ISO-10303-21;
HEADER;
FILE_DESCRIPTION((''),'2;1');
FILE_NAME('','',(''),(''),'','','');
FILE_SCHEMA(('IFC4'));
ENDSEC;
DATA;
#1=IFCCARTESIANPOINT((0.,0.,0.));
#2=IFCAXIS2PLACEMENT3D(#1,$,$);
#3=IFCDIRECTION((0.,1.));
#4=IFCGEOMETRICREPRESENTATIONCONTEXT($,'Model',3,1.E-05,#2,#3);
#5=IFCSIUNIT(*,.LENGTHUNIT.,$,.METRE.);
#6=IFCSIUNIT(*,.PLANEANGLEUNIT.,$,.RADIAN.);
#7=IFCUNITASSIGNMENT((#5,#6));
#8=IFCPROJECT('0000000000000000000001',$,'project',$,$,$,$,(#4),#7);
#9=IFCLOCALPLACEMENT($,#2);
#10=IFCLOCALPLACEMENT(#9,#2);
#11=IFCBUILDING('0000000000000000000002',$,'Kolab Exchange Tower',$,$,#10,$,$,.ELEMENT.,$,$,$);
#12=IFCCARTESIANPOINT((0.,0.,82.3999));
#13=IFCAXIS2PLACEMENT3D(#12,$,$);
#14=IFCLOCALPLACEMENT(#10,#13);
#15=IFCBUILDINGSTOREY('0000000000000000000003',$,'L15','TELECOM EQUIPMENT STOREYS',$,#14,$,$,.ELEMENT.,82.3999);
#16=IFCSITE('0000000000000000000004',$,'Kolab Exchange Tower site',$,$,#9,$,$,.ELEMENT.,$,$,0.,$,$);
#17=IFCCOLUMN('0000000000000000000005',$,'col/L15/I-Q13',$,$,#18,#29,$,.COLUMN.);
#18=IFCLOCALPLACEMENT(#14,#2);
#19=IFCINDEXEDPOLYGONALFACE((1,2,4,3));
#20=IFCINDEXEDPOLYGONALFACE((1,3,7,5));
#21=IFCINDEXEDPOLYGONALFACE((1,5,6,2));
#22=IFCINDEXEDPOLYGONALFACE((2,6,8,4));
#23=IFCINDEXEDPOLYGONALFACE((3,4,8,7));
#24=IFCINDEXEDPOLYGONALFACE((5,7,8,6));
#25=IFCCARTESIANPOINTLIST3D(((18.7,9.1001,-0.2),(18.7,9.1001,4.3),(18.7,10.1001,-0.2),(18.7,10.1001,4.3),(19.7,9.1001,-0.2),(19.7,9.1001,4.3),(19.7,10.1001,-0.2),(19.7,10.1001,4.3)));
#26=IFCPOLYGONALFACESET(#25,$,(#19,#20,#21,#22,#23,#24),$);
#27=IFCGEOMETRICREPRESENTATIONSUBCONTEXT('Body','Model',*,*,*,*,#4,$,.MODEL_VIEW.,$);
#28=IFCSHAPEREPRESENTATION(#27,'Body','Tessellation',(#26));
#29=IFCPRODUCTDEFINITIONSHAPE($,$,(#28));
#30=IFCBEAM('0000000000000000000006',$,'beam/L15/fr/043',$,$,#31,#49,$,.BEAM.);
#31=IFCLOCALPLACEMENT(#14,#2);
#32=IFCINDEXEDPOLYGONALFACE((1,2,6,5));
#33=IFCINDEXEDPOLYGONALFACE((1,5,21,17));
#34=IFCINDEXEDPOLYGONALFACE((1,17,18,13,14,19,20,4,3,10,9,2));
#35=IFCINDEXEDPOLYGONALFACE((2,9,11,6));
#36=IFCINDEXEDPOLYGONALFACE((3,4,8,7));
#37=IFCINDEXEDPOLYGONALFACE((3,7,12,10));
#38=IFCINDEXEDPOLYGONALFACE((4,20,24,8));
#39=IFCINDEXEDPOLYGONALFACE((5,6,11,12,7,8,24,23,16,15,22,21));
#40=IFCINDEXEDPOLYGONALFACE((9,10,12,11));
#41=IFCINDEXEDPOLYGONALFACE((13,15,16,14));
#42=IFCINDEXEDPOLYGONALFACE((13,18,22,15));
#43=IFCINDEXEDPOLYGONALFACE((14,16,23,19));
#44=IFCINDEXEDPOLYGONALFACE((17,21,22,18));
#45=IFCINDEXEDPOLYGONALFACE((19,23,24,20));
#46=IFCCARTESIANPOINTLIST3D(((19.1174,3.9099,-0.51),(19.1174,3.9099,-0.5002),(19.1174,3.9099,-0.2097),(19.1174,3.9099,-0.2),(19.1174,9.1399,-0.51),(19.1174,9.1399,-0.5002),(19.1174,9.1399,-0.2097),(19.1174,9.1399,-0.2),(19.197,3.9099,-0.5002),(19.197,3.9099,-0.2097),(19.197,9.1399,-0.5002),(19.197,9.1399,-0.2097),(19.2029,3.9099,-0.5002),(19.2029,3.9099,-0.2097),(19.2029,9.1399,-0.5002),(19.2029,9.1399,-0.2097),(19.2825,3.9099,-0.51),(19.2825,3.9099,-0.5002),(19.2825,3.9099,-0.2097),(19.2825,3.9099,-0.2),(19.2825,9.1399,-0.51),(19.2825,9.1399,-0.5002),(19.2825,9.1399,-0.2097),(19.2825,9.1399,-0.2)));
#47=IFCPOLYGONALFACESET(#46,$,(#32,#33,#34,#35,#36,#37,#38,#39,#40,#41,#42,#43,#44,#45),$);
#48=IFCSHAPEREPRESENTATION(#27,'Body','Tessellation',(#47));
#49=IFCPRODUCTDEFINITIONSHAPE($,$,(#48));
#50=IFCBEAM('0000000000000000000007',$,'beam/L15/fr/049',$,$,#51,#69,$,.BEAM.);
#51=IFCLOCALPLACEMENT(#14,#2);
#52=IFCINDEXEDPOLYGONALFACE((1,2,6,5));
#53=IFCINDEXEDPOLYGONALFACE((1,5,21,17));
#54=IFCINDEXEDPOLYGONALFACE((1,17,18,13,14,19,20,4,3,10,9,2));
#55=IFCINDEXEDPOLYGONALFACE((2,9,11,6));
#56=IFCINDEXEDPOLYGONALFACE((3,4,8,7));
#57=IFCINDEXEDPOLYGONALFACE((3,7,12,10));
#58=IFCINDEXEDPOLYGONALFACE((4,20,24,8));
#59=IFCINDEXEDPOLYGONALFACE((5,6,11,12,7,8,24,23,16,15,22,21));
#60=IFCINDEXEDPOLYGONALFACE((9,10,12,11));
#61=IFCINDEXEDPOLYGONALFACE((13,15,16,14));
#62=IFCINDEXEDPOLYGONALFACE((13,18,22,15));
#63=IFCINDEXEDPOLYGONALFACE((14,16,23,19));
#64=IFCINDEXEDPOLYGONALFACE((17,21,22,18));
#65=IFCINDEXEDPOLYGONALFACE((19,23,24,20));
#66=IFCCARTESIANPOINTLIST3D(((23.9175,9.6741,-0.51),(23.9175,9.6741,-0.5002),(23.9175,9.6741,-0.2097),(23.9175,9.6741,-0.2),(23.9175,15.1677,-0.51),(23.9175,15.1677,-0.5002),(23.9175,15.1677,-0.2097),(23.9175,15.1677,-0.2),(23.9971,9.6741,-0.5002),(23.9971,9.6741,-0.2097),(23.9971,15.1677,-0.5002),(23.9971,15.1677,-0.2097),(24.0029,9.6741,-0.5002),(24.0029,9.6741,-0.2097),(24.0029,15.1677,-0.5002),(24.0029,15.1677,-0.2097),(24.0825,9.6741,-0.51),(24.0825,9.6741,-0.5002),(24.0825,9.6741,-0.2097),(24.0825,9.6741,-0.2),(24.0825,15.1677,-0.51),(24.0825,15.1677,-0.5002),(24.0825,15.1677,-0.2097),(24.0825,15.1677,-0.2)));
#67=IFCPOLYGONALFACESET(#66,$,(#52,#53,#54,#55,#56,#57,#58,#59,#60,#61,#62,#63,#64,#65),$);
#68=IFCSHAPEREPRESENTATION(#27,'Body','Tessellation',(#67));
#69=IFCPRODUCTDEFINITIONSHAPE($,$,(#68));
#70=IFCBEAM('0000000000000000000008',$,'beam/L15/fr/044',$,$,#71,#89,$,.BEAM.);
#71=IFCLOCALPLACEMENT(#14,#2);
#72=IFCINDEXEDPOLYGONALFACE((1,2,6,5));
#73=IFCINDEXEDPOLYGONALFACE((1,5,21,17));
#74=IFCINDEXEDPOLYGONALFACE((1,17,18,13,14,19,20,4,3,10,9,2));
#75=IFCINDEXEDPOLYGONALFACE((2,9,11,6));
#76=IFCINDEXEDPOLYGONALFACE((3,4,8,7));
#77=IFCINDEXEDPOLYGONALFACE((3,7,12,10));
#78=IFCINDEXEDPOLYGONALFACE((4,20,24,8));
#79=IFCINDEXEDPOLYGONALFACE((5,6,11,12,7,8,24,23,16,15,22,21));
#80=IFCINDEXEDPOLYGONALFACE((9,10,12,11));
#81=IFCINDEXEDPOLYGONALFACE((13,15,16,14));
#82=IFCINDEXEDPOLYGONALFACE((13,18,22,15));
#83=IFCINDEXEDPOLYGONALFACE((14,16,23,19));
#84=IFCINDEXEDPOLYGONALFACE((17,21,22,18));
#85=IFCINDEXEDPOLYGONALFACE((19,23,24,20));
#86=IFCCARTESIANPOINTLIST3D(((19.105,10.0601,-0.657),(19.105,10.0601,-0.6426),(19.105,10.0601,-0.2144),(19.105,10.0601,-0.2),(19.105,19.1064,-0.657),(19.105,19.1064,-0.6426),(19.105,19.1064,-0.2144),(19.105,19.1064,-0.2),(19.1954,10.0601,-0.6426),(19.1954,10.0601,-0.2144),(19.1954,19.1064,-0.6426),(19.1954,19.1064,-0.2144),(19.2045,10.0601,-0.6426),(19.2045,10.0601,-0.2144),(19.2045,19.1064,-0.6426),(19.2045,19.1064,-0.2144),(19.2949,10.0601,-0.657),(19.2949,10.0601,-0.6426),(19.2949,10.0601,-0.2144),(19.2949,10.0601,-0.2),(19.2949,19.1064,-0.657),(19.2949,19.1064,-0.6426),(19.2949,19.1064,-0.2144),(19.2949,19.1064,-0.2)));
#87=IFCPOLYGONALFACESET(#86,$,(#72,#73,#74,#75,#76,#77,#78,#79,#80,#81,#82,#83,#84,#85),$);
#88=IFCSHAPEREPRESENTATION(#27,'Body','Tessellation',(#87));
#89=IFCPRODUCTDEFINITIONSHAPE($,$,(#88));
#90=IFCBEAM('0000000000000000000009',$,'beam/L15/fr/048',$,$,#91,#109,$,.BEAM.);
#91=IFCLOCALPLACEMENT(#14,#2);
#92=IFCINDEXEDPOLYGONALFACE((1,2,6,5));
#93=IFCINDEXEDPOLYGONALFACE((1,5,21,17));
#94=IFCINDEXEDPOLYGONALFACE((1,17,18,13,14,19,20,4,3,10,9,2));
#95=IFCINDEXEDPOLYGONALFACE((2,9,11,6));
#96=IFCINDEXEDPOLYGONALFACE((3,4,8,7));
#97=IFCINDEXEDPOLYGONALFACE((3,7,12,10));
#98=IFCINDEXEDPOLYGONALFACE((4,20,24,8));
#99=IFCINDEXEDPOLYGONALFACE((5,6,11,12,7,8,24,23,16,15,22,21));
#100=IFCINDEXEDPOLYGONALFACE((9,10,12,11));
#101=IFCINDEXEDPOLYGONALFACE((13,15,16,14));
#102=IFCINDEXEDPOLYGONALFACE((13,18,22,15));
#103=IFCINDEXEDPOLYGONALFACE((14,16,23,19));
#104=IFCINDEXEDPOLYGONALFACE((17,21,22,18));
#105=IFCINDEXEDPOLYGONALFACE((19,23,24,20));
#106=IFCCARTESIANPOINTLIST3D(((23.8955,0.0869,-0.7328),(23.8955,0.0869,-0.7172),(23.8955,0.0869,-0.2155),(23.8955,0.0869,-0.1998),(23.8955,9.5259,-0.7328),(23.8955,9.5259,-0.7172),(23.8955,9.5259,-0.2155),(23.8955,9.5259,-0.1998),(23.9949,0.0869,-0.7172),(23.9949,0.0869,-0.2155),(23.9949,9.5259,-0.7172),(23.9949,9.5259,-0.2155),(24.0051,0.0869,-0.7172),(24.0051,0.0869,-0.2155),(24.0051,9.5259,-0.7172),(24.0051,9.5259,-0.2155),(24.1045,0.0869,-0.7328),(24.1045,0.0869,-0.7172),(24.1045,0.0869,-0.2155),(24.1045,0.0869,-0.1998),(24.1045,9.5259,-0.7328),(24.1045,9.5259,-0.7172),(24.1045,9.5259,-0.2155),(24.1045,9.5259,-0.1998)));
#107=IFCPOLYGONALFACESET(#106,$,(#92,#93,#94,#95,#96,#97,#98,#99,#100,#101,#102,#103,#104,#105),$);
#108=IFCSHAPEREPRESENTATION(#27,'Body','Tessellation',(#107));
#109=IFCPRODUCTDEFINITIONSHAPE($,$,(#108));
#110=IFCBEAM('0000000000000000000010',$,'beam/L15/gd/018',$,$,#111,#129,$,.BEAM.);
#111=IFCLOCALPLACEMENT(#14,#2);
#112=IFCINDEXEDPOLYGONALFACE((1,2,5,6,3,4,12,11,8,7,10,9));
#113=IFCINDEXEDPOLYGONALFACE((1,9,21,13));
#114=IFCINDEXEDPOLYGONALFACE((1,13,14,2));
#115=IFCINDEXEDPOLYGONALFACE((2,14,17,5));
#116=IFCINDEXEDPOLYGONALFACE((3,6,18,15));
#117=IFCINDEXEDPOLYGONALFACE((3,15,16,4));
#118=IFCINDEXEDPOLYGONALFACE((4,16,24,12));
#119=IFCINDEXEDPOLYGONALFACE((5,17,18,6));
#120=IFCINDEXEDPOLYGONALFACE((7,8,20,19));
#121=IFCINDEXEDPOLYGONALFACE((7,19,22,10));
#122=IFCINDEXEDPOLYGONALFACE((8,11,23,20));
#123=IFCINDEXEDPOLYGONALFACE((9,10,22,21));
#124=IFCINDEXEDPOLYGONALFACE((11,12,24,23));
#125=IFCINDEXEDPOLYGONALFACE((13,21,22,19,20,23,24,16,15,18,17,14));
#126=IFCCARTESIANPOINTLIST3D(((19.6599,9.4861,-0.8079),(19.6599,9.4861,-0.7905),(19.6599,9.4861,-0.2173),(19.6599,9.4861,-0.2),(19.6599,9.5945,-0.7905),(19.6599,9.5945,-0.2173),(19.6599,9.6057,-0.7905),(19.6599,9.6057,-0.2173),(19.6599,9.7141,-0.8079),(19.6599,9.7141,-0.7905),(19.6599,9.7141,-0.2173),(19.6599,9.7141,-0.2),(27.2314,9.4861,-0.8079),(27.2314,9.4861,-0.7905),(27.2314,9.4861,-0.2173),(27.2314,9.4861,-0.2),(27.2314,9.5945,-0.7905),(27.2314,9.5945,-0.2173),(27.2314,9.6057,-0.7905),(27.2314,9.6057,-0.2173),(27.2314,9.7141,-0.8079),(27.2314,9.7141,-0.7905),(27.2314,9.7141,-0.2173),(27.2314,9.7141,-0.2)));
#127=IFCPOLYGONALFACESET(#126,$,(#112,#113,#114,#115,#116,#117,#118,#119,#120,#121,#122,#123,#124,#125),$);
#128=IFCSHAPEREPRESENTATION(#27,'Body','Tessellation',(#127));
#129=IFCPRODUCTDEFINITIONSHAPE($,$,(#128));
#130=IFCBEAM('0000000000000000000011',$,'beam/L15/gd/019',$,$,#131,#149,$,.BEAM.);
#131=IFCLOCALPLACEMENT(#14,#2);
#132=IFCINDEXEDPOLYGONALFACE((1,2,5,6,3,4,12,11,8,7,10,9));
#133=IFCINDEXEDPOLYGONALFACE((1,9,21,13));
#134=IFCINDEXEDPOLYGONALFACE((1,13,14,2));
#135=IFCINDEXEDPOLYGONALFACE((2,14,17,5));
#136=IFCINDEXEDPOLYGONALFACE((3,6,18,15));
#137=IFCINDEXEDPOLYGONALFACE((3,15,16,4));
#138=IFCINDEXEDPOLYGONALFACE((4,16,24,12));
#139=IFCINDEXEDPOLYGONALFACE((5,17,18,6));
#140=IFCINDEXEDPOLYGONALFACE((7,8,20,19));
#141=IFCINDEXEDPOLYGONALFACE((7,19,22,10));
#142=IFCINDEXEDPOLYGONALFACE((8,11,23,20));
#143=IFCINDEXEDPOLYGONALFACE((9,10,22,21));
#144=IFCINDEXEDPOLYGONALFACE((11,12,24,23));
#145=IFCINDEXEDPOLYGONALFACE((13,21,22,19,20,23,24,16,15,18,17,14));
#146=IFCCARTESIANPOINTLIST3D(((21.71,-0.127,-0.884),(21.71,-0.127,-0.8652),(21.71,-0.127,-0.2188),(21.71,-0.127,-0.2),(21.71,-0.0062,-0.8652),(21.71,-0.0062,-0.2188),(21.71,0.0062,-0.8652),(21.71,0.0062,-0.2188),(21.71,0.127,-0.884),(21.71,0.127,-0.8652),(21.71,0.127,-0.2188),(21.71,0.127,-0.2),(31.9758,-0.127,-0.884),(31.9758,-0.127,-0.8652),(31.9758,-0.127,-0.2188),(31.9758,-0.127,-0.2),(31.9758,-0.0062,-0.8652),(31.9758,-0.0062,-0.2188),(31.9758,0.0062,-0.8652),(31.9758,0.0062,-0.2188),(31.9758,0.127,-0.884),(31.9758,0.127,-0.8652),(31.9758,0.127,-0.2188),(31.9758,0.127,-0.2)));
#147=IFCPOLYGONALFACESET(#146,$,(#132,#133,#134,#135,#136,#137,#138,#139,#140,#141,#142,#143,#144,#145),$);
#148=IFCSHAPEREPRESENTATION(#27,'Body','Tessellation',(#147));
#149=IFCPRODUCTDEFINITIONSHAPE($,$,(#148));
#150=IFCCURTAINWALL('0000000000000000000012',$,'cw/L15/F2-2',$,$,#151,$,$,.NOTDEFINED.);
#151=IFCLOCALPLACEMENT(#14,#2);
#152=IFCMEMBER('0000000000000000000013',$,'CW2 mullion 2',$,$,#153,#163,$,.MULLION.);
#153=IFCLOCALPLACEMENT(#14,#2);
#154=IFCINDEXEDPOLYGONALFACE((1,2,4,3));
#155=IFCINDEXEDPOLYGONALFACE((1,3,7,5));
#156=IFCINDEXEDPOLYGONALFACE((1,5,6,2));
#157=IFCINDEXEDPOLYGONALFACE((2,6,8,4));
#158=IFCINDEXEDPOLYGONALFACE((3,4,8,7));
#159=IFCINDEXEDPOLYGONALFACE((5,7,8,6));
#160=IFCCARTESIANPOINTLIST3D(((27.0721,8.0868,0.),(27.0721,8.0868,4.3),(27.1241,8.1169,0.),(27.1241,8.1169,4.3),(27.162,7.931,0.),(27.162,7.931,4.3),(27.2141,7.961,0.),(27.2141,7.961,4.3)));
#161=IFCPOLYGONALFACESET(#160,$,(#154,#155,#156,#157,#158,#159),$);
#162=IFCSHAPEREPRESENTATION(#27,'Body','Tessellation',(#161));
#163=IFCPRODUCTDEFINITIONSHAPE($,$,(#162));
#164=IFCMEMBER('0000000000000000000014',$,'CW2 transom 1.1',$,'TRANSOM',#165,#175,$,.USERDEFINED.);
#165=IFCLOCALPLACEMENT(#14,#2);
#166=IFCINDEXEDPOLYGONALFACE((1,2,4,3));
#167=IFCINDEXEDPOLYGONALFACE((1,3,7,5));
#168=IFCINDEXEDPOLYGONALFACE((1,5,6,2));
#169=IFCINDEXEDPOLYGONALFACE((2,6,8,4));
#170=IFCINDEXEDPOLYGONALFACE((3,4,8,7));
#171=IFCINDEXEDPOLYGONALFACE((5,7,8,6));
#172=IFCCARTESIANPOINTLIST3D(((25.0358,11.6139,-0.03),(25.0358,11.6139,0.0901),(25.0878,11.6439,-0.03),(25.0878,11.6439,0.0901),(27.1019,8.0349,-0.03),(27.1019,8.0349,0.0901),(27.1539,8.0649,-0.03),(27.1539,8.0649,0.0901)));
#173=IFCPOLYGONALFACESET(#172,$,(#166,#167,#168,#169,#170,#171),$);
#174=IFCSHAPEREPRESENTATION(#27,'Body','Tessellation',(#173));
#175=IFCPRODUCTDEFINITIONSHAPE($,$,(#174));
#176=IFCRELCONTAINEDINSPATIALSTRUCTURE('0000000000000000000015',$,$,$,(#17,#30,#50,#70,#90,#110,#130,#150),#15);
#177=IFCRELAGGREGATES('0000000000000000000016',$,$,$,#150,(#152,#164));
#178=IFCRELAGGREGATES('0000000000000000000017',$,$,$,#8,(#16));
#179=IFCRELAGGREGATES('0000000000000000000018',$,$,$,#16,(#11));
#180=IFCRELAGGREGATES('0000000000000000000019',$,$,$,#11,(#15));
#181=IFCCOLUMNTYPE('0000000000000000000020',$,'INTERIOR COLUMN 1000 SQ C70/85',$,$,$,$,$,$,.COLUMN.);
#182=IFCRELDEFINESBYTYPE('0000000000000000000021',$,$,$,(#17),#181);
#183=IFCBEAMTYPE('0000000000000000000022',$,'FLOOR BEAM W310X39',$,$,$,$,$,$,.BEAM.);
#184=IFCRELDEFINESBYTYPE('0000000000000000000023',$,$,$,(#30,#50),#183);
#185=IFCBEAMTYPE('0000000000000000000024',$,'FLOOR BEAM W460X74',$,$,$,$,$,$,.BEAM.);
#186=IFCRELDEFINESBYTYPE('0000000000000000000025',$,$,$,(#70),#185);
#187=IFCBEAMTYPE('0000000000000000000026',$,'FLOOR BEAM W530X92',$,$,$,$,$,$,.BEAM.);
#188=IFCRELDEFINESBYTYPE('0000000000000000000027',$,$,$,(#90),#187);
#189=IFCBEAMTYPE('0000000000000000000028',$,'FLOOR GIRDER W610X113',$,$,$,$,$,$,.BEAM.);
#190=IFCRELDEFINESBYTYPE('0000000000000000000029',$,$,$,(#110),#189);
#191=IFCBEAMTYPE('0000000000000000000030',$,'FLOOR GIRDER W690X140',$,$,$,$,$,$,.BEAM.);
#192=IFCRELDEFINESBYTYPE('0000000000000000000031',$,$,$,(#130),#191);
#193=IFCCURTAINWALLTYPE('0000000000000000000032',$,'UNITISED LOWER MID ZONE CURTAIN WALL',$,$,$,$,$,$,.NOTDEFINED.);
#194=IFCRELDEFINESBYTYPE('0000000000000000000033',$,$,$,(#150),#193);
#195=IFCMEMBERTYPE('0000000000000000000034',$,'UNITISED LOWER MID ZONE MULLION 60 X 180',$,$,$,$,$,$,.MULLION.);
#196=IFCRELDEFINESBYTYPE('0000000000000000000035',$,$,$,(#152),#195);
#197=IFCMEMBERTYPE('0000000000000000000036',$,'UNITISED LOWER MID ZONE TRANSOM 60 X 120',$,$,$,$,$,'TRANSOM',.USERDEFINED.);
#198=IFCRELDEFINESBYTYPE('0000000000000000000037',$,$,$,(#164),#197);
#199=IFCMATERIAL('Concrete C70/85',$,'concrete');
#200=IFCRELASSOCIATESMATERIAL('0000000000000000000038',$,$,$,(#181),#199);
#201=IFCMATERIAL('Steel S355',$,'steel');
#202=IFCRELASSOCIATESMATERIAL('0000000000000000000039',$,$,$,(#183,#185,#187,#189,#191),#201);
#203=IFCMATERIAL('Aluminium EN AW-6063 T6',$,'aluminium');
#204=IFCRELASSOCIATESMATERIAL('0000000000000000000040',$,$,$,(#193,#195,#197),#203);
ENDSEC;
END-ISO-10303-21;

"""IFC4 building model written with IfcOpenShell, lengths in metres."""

from ifc_helpers import new_model, si_unit, direction, frame, origin, origin_2d, place, context, subcontext, project, spatial, rectangle, i_section, extrude, material, material_profile, profile_set, type_object, element, aggregate, save


model = new_model("IFC4")

# Units and contexts
model_context = context("Model", 3, precision=1e-05, world=origin(), true_north=direction((0.0, 1.0)))
body_context = subcontext(model_context, "Body", "Model", "MODEL_VIEW")
ifc_project = project(units=[si_unit("LENGTHUNIT", "METRE"), si_unit("PLANEANGLEUNIT", "RADIAN")], contexts=[model_context])

# Site, building, storey
site_placement = place(None, origin())
site = spatial("IfcSite", under=ifc_project, at=site_placement, Name="Kolab Exchange Tower site", CompositionType="ELEMENT", RefElevation=0.0)
building_placement = place(site_placement, origin())
building = spatial("IfcBuilding", under=site, at=building_placement, Name="Kolab Exchange Tower", CompositionType="ELEMENT")
storey_placement = place(building_placement, frame((0.0, 0.0, 82.3999)))
storey = spatial("IfcBuildingStorey", under=building, at=storey_placement, Name="L15", Description="TELECOM EQUIPMENT STOREYS", CompositionType="ELEMENT", Elevation=82.3999)

# Column
ifc_material_1 = material(Name="Concrete C70/85", Category="concrete")
ifc_material_profile_1 = material_profile(ifc_material_1, rectangle(XDim=1.0, YDim=1.0, at=origin_2d()), Name="RC1000")
ifc_profile_set_1 = profile_set([ifc_material_profile_1], Name="Concrete C70/85")
column_type = type_object("IfcColumnType", Name="INTERIOR COLUMN 1000 SQ C70/85", PredefinedType="COLUMN", material=ifc_profile_set_1)
column_placement = place(storey_placement, frame((19.2, 9.6001, -0.2), z_axis=(0.0, 0.0, 1.0), x_axis=(1.0, 0.0, 0.0)))
element("IfcColumn", 1, at=column_placement, inside=storey, type_object=column_type, Name="col/L15/I-Q13", PredefinedType="COLUMN", context=body_context, shape_type="SweptSolid", body=[
    extrude(rectangle(XDim=1.0, YDim=1.0, at=origin_2d()), origin(), (0.0, 0.0, 1.0), 4.5),
])

# Beams
ifc_material_2 = material(Name="Steel S355", Category="steel")
ifc_material_profile_2 = material_profile(ifc_material_2, i_section(OverallWidth=0.165, OverallDepth=0.3101, WebThickness=0.0059, FlangeThickness=0.0098, at=origin_2d()), Name="W310X39")
ifc_profile_set_2 = profile_set([ifc_material_profile_2], Name="Steel S355")
beam_type_1 = type_object("IfcBeamType", Name="FLOOR BEAM W310X39", PredefinedType="BEAM", material=ifc_profile_set_2)
beam_1_placement = place(storey_placement, frame((19.2, 3.9099, -0.355), z_axis=(0.0, 1.0, 0.0), x_axis=(-1.0, 0.0, 0.0)))
element("IfcBeam", 2, at=beam_1_placement, inside=storey, type_object=beam_type_1, Name="beam/L15/fr/043", PredefinedType="BEAM", context=body_context, shape_type="SweptSolid", body=[
    extrude(i_section(OverallWidth=0.165, OverallDepth=0.3101, WebThickness=0.0059, FlangeThickness=0.0098, at=origin_2d()), origin(), (0.0, 0.0, 1.0), 5.23),
])
beam_2_placement = place(storey_placement, frame((24.0, 9.6741, -0.355), z_axis=(0.0, 1.0, 0.0), x_axis=(-1.0, 0.0, 0.0)))
element("IfcBeam", 3, at=beam_2_placement, inside=storey, type_object=beam_type_1, Name="beam/L15/fr/049", PredefinedType="BEAM", context=body_context, shape_type="SweptSolid", body=[
    extrude(i_section(OverallWidth=0.165, OverallDepth=0.3101, WebThickness=0.0059, FlangeThickness=0.0098, at=origin_2d()), origin(), (0.0, 0.0, 1.0), 5.4937),
])
ifc_material_profile_3 = material_profile(ifc_material_2, i_section(OverallWidth=0.1899, OverallDepth=0.457, WebThickness=0.009, FlangeThickness=0.0144, at=origin_2d()), Name="W460X74")
ifc_profile_set_3 = profile_set([ifc_material_profile_3], Name="Steel S355")
beam_type_2 = type_object("IfcBeamType", Name="FLOOR BEAM W460X74", PredefinedType="BEAM", material=ifc_profile_set_3)
beam_3_placement = place(storey_placement, frame((19.2, 10.0601, -0.4285), z_axis=(0.0, 1.0, 0.0), x_axis=(-1.0, 0.0, 0.0)))
element("IfcBeam", 4, at=beam_3_placement, inside=storey, type_object=beam_type_2, Name="beam/L15/fr/044", PredefinedType="BEAM", context=body_context, shape_type="SweptSolid", body=[
    extrude(i_section(OverallWidth=0.1899, OverallDepth=0.457, WebThickness=0.009, FlangeThickness=0.0144, at=origin_2d()), origin(), (0.0, 0.0, 1.0), 9.0464),
])
ifc_material_profile_4 = material_profile(ifc_material_2, i_section(OverallWidth=0.209, OverallDepth=0.533, WebThickness=0.0103, FlangeThickness=0.0156, at=origin_2d()), Name="W530X92")
ifc_profile_set_4 = profile_set([ifc_material_profile_4], Name="Steel S355")
beam_type_3 = type_object("IfcBeamType", Name="FLOOR BEAM W530X92", PredefinedType="BEAM", material=ifc_profile_set_4)
beam_4_placement = place(storey_placement, frame((24.0, 0.0869, -0.4663), z_axis=(0.0, 1.0, 0.0), x_axis=(-1.0, 0.0, 0.0)))
element("IfcBeam", 5, at=beam_4_placement, inside=storey, type_object=beam_type_3, Name="beam/L15/fr/048", PredefinedType="BEAM", context=body_context, shape_type="SweptSolid", body=[
    extrude(i_section(OverallWidth=0.209, OverallDepth=0.533, WebThickness=0.0103, FlangeThickness=0.0156, at=origin_2d()), origin(), (0.0, 0.0, 1.0), 9.439),
])
ifc_material_profile_5 = material_profile(ifc_material_2, i_section(OverallWidth=0.228, OverallDepth=0.6079, WebThickness=0.0112, FlangeThickness=0.0173, at=origin_2d()), Name="W610X113")
ifc_profile_set_5 = profile_set([ifc_material_profile_5], Name="Steel S355")
beam_type_4 = type_object("IfcBeamType", Name="FLOOR GIRDER W610X113", PredefinedType="BEAM", material=ifc_profile_set_5)
beam_5_placement = place(storey_placement, frame((19.6599, 9.6001, -0.5039), z_axis=(1.0, 0.0, 0.0), x_axis=(0.0, 1.0, 0.0)))
element("IfcBeam", 6, at=beam_5_placement, inside=storey, type_object=beam_type_4, Name="beam/L15/gd/018", PredefinedType="BEAM", context=body_context, shape_type="SweptSolid", body=[
    extrude(i_section(OverallWidth=0.228, OverallDepth=0.6079, WebThickness=0.0112, FlangeThickness=0.0173, at=origin_2d()), origin(), (0.0, 0.0, 1.0), 7.5715),
])
ifc_material_profile_6 = material_profile(ifc_material_2, i_section(OverallWidth=0.2539, OverallDepth=0.6841, WebThickness=0.0125, FlangeThickness=0.0188, at=origin_2d()), Name="W690X140")
ifc_profile_set_6 = profile_set([ifc_material_profile_6], Name="Steel S355")
beam_type_5 = type_object("IfcBeamType", Name="FLOOR GIRDER W690X140", PredefinedType="BEAM", material=ifc_profile_set_6)
beam_6_placement = place(storey_placement, frame((21.71, 0.0, -0.542), z_axis=(1.0, 0.0, 0.0), x_axis=(0.0, 1.0, 0.0)))
element("IfcBeam", 7, at=beam_6_placement, inside=storey, type_object=beam_type_5, Name="beam/L15/gd/019", PredefinedType="BEAM", context=body_context, shape_type="SweptSolid", body=[
    extrude(i_section(OverallWidth=0.2539, OverallDepth=0.6841, WebThickness=0.0125, FlangeThickness=0.0188, at=origin_2d()), origin(), (0.0, 0.0, 1.0), 10.2659),
])

# Curtain wall, members
ifc_material_3 = material(Name="Aluminium EN AW-6063 T6", Category="aluminium")
curtain_wall_type = type_object("IfcCurtainWallType", Name="UNITISED LOWER MID ZONE CURTAIN WALL", PredefinedType="NOTDEFINED", material=ifc_material_3)
curtain_wall_placement = place(storey_placement, origin())
curtain_wall = element("IfcCurtainWall", 8, at=curtain_wall_placement, inside=storey, type_object=curtain_wall_type, Name="cw/L15/F2-2", PredefinedType="NOTDEFINED")
ifc_material_profile_7 = material_profile(ifc_material_3, rectangle(XDim=0.0601, YDim=0.1799, at=origin_2d()), Name="RECT 60X180")
ifc_profile_set_7 = profile_set([ifc_material_profile_7], Name="Aluminium EN AW-6063 T6")
member_type_1 = type_object("IfcMemberType", Name="UNITISED LOWER MID ZONE MULLION 60 X 180", PredefinedType="MULLION", material=ifc_profile_set_7)
member_1_placement = place(storey_placement, frame((27.1431, 8.0239, 0.0), z_axis=(0.0, 0.0, 1.0), x_axis=(0.866025, 0.5, 0.0)))
member_1 = element("IfcMember", 9, at=member_1_placement, type_object=member_type_1, Name="CW2 mullion 2", PredefinedType="MULLION", context=body_context, shape_type="SweptSolid", body=[
    extrude(rectangle(XDim=0.0601, YDim=0.1799, at=origin_2d()), origin(), (0.0, 0.0, 1.0), 4.3),
])
ifc_material_profile_8 = material_profile(ifc_material_3, rectangle(XDim=0.0601, YDim=0.1201, at=origin_2d()), Name="RECT 60X120")
ifc_profile_set_8 = profile_set([ifc_material_profile_8], Name="Aluminium EN AW-6063 T6")
member_type_2 = type_object("IfcMemberType", Name="UNITISED LOWER MID ZONE TRANSOM 60 X 120", ElementType="TRANSOM", PredefinedType="USERDEFINED", material=ifc_profile_set_8)
member_2_placement = place(storey_placement, frame((25.0618, 11.6289, 0.03), z_axis=(0.499958, -0.86605, 0.0), x_axis=(0.86605, 0.499958, 0.0)))
member_2 = element("IfcMember", 10, at=member_2_placement, type_object=member_type_2, Name="CW2 transom 1.1", ObjectType="TRANSOM", PredefinedType="USERDEFINED", context=body_context, shape_type="SweptSolid", body=[
    extrude(rectangle(XDim=0.0601, YDim=0.1201, at=origin_2d()), origin(), (0.0, 0.0, 1.0), 4.1326),
])
aggregate(curtain_wall, [member_1, member_2])

save(model, "model.ifc")
